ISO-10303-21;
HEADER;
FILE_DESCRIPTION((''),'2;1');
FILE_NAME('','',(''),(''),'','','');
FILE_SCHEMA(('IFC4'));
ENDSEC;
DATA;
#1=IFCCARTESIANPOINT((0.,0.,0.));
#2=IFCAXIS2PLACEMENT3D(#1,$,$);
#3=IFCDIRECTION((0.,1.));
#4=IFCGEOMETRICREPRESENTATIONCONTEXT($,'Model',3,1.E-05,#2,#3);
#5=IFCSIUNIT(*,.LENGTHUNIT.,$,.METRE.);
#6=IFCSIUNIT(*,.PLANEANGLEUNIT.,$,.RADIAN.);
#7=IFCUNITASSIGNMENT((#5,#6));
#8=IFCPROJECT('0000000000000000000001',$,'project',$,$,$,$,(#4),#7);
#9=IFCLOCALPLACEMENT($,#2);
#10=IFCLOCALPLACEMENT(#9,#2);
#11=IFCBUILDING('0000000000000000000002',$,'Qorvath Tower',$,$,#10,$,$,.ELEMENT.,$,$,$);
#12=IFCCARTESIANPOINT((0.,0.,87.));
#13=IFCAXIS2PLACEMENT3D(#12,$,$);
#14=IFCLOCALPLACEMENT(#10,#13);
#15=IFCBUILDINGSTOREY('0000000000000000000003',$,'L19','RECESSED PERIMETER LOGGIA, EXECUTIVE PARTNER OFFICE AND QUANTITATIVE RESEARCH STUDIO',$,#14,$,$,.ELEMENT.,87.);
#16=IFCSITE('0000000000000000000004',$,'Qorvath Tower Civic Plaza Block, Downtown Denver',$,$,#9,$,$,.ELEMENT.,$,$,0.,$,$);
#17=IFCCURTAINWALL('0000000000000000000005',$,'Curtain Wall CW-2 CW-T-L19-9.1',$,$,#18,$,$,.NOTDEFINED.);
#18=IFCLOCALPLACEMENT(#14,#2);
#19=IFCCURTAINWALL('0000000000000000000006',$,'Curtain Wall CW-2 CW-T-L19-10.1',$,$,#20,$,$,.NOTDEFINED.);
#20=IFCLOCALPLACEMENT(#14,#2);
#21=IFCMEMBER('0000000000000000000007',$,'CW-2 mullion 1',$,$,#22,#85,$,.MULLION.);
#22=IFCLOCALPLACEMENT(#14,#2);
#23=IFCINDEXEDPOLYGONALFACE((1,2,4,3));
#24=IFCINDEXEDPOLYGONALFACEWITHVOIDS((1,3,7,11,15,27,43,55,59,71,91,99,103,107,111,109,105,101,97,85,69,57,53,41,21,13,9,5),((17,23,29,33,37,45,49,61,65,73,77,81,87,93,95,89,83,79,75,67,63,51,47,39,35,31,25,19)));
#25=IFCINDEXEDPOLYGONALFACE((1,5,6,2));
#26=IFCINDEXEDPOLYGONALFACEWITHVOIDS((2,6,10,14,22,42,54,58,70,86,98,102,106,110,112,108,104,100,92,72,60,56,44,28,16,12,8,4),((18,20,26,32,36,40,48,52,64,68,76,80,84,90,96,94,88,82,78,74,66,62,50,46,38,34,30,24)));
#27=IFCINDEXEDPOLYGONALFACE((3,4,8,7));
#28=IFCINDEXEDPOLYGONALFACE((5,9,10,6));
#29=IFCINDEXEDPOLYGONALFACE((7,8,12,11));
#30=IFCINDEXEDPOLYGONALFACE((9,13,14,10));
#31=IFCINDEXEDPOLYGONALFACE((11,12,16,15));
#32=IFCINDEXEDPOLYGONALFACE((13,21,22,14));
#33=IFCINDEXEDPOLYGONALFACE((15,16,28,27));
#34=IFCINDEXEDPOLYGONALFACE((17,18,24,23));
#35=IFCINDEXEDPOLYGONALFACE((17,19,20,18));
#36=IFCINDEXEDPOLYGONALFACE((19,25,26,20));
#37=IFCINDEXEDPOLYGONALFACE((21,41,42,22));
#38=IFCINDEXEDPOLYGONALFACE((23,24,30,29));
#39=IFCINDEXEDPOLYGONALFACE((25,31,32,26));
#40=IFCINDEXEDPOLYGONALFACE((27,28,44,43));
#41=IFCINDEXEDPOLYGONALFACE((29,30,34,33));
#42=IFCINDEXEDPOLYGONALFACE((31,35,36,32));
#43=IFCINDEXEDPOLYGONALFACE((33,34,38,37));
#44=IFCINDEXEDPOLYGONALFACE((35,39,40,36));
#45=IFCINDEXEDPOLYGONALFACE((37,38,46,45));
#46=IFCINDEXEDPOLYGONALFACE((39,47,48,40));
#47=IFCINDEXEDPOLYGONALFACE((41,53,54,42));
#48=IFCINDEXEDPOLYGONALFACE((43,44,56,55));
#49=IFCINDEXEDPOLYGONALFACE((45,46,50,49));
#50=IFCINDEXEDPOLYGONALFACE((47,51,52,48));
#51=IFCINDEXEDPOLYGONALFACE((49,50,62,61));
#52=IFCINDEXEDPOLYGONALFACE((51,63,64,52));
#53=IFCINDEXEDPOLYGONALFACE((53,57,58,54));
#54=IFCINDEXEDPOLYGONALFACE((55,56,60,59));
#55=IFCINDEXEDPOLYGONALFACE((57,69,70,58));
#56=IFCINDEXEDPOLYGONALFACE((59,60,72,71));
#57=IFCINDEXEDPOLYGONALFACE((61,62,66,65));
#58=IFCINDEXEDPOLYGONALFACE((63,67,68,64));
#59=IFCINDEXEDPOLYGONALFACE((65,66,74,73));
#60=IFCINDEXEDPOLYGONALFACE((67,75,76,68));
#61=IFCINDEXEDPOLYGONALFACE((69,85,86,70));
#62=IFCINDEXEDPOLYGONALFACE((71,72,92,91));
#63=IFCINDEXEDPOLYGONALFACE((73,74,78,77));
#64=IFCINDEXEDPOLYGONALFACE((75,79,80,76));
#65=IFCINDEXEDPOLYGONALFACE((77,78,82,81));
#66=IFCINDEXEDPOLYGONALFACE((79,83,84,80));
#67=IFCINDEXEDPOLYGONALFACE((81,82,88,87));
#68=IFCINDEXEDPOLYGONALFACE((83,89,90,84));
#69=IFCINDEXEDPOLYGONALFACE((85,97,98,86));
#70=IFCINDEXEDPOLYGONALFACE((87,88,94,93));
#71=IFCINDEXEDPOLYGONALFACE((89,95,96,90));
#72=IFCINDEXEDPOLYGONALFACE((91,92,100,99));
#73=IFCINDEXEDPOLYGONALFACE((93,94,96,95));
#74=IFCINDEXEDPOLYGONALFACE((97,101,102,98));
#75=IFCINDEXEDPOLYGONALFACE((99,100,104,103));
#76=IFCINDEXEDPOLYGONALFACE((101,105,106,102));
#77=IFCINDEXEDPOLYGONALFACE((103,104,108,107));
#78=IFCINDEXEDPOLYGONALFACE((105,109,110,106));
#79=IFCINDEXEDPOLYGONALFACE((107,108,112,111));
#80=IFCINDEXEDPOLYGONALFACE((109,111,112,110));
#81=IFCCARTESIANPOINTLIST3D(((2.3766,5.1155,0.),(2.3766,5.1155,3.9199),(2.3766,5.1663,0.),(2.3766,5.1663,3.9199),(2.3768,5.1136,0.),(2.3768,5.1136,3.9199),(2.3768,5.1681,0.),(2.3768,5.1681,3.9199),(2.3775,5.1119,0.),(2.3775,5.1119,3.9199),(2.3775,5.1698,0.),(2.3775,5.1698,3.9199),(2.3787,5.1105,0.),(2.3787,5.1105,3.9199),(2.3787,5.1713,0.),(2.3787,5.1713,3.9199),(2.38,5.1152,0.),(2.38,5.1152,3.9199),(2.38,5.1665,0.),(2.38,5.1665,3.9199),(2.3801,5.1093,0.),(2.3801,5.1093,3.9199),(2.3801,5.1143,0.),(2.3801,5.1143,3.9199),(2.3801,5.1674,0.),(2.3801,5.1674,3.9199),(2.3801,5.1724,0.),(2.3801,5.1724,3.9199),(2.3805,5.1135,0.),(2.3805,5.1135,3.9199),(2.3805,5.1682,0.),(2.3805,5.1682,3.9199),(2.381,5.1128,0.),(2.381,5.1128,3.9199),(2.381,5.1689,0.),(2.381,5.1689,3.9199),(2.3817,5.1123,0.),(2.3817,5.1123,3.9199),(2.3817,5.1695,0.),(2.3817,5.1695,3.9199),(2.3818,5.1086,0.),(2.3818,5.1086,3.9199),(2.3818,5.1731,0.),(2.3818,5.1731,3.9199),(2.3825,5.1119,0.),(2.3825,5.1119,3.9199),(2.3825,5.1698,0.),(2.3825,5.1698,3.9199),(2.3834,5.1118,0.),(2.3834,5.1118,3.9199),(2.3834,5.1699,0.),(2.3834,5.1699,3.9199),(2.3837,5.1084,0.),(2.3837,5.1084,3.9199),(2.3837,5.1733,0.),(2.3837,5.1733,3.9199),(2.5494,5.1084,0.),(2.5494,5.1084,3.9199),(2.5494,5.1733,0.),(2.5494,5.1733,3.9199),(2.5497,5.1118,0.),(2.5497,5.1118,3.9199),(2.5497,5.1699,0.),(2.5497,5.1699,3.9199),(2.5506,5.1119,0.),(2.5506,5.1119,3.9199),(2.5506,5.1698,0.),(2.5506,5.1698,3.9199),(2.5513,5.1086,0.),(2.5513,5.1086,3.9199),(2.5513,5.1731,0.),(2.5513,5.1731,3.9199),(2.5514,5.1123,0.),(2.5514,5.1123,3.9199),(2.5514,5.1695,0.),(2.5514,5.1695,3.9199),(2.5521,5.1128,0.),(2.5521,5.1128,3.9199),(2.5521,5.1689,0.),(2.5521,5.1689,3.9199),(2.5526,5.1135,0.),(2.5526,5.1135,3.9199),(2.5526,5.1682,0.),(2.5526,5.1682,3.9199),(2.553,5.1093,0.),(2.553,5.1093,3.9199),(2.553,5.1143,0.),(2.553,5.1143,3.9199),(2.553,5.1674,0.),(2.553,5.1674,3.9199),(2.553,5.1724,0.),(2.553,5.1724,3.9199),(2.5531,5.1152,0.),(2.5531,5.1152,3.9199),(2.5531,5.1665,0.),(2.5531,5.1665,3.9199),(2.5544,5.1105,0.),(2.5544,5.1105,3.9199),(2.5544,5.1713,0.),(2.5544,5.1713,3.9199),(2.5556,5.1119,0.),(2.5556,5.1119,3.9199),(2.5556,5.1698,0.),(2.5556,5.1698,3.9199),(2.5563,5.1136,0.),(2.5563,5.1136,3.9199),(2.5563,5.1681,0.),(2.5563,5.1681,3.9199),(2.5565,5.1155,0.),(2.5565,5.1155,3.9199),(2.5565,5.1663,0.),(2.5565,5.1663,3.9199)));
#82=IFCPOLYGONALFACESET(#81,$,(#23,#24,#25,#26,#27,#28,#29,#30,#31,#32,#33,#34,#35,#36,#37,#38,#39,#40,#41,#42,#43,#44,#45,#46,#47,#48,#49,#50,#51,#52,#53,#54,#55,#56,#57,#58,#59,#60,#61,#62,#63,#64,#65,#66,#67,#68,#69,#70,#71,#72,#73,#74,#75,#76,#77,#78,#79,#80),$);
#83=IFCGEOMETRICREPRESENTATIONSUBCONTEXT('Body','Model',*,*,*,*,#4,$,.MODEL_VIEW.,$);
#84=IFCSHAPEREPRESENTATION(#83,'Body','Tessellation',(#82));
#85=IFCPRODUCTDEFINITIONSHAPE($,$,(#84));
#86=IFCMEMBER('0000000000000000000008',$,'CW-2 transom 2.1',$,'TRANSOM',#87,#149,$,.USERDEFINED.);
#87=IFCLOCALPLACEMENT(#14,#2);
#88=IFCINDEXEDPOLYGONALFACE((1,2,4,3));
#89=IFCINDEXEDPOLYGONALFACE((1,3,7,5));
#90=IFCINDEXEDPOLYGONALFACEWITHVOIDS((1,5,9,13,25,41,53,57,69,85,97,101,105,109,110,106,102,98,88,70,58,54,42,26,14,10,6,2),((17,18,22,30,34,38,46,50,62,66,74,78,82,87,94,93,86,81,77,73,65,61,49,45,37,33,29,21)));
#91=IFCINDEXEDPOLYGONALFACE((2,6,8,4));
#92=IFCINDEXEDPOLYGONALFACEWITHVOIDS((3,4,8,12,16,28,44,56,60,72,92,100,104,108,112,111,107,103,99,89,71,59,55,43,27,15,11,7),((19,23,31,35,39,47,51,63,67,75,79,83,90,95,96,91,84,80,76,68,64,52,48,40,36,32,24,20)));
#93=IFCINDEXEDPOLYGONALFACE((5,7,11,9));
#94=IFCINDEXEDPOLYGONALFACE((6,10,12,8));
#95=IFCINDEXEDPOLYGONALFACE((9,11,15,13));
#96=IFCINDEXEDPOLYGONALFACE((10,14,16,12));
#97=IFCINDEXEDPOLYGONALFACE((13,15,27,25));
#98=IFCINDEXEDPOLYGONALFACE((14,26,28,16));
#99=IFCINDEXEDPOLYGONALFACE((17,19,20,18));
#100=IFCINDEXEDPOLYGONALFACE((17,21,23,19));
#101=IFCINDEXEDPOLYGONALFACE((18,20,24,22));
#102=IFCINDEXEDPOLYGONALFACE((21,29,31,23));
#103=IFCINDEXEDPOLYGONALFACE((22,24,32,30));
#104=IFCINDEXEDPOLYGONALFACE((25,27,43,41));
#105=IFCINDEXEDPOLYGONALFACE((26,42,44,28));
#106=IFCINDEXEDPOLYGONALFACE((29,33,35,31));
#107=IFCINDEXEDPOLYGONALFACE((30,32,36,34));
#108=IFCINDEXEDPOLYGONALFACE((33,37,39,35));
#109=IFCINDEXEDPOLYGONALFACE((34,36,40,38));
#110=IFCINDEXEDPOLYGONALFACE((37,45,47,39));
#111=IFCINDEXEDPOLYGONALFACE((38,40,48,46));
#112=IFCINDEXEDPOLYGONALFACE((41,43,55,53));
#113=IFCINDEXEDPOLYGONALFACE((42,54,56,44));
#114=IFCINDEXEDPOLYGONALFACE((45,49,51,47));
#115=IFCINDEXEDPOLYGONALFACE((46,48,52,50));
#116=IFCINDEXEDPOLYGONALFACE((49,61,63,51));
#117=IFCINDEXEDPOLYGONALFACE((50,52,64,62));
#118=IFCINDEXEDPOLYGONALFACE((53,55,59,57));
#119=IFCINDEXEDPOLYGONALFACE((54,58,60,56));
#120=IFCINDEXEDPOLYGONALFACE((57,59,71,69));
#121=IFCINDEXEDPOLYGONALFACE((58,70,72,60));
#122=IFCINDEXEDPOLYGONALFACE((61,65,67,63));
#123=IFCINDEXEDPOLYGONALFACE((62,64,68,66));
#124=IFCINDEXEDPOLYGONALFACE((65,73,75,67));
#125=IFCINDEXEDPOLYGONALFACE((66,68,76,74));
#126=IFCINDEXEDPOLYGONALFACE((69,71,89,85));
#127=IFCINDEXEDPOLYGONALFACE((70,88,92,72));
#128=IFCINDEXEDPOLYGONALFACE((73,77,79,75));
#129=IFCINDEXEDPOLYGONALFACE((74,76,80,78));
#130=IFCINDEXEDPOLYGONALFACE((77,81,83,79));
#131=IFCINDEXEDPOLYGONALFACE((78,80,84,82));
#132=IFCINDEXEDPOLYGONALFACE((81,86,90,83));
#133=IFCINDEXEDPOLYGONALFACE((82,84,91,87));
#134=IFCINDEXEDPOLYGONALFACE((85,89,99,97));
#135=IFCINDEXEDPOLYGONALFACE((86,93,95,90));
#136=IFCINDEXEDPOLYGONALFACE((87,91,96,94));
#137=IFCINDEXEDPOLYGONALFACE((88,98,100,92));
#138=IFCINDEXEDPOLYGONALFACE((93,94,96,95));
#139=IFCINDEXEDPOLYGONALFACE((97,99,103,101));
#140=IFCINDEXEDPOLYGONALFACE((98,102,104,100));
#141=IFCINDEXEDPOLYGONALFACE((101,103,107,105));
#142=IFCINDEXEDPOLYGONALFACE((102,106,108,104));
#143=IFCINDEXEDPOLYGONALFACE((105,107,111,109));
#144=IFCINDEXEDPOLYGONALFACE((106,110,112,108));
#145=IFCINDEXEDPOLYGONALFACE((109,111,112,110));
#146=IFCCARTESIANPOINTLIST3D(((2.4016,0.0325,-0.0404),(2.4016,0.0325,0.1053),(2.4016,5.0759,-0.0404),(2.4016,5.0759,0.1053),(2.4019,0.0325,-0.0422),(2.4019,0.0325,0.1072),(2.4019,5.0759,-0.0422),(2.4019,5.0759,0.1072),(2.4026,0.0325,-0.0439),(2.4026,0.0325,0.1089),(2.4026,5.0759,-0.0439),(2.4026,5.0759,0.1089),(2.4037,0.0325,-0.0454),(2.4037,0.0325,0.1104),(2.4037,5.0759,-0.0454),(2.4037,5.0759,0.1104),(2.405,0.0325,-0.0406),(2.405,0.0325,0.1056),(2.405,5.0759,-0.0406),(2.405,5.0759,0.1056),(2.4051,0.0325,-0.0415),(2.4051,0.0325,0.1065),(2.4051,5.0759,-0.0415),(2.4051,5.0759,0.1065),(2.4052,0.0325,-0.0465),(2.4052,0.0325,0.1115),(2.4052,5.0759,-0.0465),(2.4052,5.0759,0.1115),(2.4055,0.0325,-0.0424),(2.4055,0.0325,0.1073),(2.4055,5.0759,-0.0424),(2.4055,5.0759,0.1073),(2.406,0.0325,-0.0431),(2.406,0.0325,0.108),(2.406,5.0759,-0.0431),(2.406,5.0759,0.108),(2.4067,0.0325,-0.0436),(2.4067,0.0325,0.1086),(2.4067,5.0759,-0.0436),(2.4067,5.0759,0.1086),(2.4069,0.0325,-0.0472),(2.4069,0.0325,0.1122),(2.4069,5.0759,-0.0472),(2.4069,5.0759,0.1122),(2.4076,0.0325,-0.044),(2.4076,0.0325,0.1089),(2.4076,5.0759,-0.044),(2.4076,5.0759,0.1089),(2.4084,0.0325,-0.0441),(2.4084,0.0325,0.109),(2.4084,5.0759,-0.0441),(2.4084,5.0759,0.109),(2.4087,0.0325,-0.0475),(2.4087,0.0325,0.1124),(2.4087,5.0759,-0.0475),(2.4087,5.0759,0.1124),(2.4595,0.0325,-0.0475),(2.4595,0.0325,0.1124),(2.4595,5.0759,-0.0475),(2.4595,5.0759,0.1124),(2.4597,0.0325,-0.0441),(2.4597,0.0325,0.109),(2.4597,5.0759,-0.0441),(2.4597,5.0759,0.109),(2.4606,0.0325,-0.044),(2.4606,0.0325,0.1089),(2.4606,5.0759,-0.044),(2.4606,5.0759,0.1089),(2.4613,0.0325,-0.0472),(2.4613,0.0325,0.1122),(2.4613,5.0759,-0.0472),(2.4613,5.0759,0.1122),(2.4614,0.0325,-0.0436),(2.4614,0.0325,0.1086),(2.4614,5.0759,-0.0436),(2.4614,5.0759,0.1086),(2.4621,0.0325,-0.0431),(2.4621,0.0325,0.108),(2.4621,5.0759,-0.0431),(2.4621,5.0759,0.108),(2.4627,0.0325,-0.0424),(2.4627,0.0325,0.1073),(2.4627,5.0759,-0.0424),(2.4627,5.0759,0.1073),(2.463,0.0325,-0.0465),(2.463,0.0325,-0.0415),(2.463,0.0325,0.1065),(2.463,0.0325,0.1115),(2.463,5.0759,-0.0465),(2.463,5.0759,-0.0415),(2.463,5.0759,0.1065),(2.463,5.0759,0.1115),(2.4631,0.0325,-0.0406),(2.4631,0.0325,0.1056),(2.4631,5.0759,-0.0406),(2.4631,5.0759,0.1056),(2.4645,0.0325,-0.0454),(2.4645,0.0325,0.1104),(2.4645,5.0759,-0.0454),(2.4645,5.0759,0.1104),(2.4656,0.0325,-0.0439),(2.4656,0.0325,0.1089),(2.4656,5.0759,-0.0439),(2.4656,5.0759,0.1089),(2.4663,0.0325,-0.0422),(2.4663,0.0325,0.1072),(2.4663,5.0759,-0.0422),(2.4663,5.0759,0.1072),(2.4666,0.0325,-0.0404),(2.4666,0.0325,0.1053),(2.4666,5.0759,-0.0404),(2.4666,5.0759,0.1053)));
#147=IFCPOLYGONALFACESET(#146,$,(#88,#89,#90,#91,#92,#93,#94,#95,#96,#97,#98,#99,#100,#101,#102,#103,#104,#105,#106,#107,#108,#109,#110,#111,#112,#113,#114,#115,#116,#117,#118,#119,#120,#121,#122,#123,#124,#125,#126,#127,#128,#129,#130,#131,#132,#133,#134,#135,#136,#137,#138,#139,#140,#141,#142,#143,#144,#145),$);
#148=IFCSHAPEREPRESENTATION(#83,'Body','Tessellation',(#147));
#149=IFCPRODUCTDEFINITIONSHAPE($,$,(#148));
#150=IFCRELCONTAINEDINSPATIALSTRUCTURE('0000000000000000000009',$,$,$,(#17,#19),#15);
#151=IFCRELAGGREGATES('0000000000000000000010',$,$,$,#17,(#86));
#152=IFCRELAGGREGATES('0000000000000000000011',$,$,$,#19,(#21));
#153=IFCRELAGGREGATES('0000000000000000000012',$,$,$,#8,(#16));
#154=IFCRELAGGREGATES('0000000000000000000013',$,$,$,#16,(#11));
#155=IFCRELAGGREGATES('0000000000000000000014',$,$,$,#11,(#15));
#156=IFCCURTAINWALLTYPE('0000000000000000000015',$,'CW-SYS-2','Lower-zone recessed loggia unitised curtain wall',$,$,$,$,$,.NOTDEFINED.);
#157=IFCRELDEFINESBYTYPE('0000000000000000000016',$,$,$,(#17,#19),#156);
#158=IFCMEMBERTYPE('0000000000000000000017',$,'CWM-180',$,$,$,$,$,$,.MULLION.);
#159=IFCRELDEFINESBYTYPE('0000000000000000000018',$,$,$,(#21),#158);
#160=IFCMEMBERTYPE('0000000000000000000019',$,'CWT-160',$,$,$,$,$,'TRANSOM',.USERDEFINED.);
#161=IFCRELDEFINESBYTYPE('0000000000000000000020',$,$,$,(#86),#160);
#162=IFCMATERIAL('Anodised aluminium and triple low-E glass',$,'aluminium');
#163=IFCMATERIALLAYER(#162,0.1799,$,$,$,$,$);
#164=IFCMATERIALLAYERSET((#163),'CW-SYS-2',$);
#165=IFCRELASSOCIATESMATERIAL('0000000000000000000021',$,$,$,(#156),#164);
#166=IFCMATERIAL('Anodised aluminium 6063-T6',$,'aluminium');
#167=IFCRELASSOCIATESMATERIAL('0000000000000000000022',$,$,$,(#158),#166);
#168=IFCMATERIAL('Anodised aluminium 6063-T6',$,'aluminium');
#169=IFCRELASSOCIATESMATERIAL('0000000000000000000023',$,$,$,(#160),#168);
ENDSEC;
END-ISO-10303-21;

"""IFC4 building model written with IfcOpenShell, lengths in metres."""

from ifc_helpers import new_model, si_unit, direction, frame, origin, origin_2d, place, context, subcontext, project, spatial, hollow_rectangle, extrude, material, layer, layer_set, material_profile, profile_set, type_object, element, aggregate, save


model = new_model("IFC4")

# Units and contexts
model_context = context("Model", 3, precision=1e-05, world=origin(), true_north=direction((0.0, 1.0)))
body_context = subcontext(model_context, "Body", "Model", "MODEL_VIEW")
ifc_project = project(units=[si_unit("LENGTHUNIT", "METRE"), si_unit("PLANEANGLEUNIT", "RADIAN")], contexts=[model_context])

# Site, building, storey
site_placement = place(None, origin())
site = spatial("IfcSite", under=ifc_project, at=site_placement, Name="Qorvath Tower Civic Plaza Block, Downtown Denver", CompositionType="ELEMENT", RefElevation=0.0)
building_placement = place(site_placement, origin())
building = spatial("IfcBuilding", under=site, at=building_placement, Name="Qorvath Tower", CompositionType="ELEMENT")
storey_placement = place(building_placement, frame((0.0, 0.0, 87.0)))
storey = spatial("IfcBuildingStorey", under=building, at=storey_placement, Name="L19", Description="RECESSED PERIMETER LOGGIA, EXECUTIVE PARTNER OFFICE AND QUANTITATIVE RESEARCH STUDIO", CompositionType="ELEMENT", Elevation=87.0)

# Curtain wall
ifc_material_1 = material(Name="Anodised aluminium and triple low-E glass", Category="aluminium")
ifc_layer_1 = layer(ifc_material_1, 0.1799)
ifc_layer_set_1 = layer_set([ifc_layer_1], Name="CW-SYS-2")
curtain_wall_type = type_object("IfcCurtainWallType", Name="CW-SYS-2", Description="Lower-zone recessed loggia unitised curtain wall", PredefinedType="NOTDEFINED", material=ifc_layer_set_1)
curtain_wall_1_placement = place(storey_placement, origin())
curtain_wall_1 = element("IfcCurtainWall", 1, at=curtain_wall_1_placement, inside=storey, type_object=curtain_wall_type, Name="Curtain Wall CW-2 CW-T-L19-9.1", PredefinedType="NOTDEFINED")
ifc_material_2 = material(Name="Anodised aluminium 6063-T6", Category="aluminium")
ifc_material_profile_1 = material_profile(ifc_material_2, hollow_rectangle(XDim=0.0649, YDim=0.1799, WallThickness=0.0034, InnerFilletRadius=0.0034, OuterFilletRadius=0.0071, at=origin_2d()), Name="CWM 180x65")
ifc_profile_set_1 = profile_set([ifc_material_profile_1], Name="Anodised aluminium 6063-T6")
member_type_1 = type_object("IfcMemberType", Name="CWM-180", PredefinedType="MULLION", material=ifc_profile_set_1)

# Curtain wall, member
curtain_wall_2_placement = place(storey_placement, origin())
curtain_wall_2 = element("IfcCurtainWall", 2, at=curtain_wall_2_placement, inside=storey, type_object=curtain_wall_type, Name="Curtain Wall CW-2 CW-T-L19-10.1", PredefinedType="NOTDEFINED")
member_1_placement = place(storey_placement, frame((2.4666, 5.1409, 0.0), z_axis=(0.0, 0.0, 1.0), x_axis=(0.0, 1.0, 0.0)))
member_1 = element("IfcMember", 3, at=member_1_placement, type_object=member_type_1, Name="CW-2 mullion 1", PredefinedType="MULLION", context=body_context, shape_type="SweptSolid", body=[
    extrude(hollow_rectangle(XDim=0.0649, YDim=0.1799, WallThickness=0.0034, InnerFilletRadius=0.0034, OuterFilletRadius=0.0071, at=origin_2d()), origin(), (0.0, 0.0, 1.0), 3.9199),
])

# Member
ifc_material_3 = material(Name="Anodised aluminium 6063-T6", Category="aluminium")
ifc_material_profile_2 = material_profile(ifc_material_3, hollow_rectangle(XDim=0.0649, YDim=0.1599, WallThickness=0.0034, InnerFilletRadius=0.0034, OuterFilletRadius=0.0071, at=origin_2d()), Name="CWT 160x65")
ifc_profile_set_2 = profile_set([ifc_material_profile_2], Name="Anodised aluminium 6063-T6")
member_type_2 = type_object("IfcMemberType", Name="CWT-160", ElementType="TRANSOM", PredefinedType="USERDEFINED", material=ifc_profile_set_2)
member_2_placement = place(storey_placement, frame((2.4341, 0.0325, 0.0325), z_axis=(0.0, 1.0, 0.0), x_axis=(-1.0, 0.0, 0.0)))
member_2 = element("IfcMember", 4, at=member_2_placement, type_object=member_type_2, Name="CW-2 transom 2.1", ObjectType="TRANSOM", PredefinedType="USERDEFINED", context=body_context, shape_type="SweptSolid", body=[
    extrude(hollow_rectangle(XDim=0.0649, YDim=0.1599, WallThickness=0.0034, InnerFilletRadius=0.0034, OuterFilletRadius=0.0071, at=origin_2d()), origin(), (0.0, 0.0, 1.0), 5.0435),
])

aggregate(curtain_wall_1, [member_2])
aggregate(curtain_wall_2, [member_1])

save(model, "model.ifc")
